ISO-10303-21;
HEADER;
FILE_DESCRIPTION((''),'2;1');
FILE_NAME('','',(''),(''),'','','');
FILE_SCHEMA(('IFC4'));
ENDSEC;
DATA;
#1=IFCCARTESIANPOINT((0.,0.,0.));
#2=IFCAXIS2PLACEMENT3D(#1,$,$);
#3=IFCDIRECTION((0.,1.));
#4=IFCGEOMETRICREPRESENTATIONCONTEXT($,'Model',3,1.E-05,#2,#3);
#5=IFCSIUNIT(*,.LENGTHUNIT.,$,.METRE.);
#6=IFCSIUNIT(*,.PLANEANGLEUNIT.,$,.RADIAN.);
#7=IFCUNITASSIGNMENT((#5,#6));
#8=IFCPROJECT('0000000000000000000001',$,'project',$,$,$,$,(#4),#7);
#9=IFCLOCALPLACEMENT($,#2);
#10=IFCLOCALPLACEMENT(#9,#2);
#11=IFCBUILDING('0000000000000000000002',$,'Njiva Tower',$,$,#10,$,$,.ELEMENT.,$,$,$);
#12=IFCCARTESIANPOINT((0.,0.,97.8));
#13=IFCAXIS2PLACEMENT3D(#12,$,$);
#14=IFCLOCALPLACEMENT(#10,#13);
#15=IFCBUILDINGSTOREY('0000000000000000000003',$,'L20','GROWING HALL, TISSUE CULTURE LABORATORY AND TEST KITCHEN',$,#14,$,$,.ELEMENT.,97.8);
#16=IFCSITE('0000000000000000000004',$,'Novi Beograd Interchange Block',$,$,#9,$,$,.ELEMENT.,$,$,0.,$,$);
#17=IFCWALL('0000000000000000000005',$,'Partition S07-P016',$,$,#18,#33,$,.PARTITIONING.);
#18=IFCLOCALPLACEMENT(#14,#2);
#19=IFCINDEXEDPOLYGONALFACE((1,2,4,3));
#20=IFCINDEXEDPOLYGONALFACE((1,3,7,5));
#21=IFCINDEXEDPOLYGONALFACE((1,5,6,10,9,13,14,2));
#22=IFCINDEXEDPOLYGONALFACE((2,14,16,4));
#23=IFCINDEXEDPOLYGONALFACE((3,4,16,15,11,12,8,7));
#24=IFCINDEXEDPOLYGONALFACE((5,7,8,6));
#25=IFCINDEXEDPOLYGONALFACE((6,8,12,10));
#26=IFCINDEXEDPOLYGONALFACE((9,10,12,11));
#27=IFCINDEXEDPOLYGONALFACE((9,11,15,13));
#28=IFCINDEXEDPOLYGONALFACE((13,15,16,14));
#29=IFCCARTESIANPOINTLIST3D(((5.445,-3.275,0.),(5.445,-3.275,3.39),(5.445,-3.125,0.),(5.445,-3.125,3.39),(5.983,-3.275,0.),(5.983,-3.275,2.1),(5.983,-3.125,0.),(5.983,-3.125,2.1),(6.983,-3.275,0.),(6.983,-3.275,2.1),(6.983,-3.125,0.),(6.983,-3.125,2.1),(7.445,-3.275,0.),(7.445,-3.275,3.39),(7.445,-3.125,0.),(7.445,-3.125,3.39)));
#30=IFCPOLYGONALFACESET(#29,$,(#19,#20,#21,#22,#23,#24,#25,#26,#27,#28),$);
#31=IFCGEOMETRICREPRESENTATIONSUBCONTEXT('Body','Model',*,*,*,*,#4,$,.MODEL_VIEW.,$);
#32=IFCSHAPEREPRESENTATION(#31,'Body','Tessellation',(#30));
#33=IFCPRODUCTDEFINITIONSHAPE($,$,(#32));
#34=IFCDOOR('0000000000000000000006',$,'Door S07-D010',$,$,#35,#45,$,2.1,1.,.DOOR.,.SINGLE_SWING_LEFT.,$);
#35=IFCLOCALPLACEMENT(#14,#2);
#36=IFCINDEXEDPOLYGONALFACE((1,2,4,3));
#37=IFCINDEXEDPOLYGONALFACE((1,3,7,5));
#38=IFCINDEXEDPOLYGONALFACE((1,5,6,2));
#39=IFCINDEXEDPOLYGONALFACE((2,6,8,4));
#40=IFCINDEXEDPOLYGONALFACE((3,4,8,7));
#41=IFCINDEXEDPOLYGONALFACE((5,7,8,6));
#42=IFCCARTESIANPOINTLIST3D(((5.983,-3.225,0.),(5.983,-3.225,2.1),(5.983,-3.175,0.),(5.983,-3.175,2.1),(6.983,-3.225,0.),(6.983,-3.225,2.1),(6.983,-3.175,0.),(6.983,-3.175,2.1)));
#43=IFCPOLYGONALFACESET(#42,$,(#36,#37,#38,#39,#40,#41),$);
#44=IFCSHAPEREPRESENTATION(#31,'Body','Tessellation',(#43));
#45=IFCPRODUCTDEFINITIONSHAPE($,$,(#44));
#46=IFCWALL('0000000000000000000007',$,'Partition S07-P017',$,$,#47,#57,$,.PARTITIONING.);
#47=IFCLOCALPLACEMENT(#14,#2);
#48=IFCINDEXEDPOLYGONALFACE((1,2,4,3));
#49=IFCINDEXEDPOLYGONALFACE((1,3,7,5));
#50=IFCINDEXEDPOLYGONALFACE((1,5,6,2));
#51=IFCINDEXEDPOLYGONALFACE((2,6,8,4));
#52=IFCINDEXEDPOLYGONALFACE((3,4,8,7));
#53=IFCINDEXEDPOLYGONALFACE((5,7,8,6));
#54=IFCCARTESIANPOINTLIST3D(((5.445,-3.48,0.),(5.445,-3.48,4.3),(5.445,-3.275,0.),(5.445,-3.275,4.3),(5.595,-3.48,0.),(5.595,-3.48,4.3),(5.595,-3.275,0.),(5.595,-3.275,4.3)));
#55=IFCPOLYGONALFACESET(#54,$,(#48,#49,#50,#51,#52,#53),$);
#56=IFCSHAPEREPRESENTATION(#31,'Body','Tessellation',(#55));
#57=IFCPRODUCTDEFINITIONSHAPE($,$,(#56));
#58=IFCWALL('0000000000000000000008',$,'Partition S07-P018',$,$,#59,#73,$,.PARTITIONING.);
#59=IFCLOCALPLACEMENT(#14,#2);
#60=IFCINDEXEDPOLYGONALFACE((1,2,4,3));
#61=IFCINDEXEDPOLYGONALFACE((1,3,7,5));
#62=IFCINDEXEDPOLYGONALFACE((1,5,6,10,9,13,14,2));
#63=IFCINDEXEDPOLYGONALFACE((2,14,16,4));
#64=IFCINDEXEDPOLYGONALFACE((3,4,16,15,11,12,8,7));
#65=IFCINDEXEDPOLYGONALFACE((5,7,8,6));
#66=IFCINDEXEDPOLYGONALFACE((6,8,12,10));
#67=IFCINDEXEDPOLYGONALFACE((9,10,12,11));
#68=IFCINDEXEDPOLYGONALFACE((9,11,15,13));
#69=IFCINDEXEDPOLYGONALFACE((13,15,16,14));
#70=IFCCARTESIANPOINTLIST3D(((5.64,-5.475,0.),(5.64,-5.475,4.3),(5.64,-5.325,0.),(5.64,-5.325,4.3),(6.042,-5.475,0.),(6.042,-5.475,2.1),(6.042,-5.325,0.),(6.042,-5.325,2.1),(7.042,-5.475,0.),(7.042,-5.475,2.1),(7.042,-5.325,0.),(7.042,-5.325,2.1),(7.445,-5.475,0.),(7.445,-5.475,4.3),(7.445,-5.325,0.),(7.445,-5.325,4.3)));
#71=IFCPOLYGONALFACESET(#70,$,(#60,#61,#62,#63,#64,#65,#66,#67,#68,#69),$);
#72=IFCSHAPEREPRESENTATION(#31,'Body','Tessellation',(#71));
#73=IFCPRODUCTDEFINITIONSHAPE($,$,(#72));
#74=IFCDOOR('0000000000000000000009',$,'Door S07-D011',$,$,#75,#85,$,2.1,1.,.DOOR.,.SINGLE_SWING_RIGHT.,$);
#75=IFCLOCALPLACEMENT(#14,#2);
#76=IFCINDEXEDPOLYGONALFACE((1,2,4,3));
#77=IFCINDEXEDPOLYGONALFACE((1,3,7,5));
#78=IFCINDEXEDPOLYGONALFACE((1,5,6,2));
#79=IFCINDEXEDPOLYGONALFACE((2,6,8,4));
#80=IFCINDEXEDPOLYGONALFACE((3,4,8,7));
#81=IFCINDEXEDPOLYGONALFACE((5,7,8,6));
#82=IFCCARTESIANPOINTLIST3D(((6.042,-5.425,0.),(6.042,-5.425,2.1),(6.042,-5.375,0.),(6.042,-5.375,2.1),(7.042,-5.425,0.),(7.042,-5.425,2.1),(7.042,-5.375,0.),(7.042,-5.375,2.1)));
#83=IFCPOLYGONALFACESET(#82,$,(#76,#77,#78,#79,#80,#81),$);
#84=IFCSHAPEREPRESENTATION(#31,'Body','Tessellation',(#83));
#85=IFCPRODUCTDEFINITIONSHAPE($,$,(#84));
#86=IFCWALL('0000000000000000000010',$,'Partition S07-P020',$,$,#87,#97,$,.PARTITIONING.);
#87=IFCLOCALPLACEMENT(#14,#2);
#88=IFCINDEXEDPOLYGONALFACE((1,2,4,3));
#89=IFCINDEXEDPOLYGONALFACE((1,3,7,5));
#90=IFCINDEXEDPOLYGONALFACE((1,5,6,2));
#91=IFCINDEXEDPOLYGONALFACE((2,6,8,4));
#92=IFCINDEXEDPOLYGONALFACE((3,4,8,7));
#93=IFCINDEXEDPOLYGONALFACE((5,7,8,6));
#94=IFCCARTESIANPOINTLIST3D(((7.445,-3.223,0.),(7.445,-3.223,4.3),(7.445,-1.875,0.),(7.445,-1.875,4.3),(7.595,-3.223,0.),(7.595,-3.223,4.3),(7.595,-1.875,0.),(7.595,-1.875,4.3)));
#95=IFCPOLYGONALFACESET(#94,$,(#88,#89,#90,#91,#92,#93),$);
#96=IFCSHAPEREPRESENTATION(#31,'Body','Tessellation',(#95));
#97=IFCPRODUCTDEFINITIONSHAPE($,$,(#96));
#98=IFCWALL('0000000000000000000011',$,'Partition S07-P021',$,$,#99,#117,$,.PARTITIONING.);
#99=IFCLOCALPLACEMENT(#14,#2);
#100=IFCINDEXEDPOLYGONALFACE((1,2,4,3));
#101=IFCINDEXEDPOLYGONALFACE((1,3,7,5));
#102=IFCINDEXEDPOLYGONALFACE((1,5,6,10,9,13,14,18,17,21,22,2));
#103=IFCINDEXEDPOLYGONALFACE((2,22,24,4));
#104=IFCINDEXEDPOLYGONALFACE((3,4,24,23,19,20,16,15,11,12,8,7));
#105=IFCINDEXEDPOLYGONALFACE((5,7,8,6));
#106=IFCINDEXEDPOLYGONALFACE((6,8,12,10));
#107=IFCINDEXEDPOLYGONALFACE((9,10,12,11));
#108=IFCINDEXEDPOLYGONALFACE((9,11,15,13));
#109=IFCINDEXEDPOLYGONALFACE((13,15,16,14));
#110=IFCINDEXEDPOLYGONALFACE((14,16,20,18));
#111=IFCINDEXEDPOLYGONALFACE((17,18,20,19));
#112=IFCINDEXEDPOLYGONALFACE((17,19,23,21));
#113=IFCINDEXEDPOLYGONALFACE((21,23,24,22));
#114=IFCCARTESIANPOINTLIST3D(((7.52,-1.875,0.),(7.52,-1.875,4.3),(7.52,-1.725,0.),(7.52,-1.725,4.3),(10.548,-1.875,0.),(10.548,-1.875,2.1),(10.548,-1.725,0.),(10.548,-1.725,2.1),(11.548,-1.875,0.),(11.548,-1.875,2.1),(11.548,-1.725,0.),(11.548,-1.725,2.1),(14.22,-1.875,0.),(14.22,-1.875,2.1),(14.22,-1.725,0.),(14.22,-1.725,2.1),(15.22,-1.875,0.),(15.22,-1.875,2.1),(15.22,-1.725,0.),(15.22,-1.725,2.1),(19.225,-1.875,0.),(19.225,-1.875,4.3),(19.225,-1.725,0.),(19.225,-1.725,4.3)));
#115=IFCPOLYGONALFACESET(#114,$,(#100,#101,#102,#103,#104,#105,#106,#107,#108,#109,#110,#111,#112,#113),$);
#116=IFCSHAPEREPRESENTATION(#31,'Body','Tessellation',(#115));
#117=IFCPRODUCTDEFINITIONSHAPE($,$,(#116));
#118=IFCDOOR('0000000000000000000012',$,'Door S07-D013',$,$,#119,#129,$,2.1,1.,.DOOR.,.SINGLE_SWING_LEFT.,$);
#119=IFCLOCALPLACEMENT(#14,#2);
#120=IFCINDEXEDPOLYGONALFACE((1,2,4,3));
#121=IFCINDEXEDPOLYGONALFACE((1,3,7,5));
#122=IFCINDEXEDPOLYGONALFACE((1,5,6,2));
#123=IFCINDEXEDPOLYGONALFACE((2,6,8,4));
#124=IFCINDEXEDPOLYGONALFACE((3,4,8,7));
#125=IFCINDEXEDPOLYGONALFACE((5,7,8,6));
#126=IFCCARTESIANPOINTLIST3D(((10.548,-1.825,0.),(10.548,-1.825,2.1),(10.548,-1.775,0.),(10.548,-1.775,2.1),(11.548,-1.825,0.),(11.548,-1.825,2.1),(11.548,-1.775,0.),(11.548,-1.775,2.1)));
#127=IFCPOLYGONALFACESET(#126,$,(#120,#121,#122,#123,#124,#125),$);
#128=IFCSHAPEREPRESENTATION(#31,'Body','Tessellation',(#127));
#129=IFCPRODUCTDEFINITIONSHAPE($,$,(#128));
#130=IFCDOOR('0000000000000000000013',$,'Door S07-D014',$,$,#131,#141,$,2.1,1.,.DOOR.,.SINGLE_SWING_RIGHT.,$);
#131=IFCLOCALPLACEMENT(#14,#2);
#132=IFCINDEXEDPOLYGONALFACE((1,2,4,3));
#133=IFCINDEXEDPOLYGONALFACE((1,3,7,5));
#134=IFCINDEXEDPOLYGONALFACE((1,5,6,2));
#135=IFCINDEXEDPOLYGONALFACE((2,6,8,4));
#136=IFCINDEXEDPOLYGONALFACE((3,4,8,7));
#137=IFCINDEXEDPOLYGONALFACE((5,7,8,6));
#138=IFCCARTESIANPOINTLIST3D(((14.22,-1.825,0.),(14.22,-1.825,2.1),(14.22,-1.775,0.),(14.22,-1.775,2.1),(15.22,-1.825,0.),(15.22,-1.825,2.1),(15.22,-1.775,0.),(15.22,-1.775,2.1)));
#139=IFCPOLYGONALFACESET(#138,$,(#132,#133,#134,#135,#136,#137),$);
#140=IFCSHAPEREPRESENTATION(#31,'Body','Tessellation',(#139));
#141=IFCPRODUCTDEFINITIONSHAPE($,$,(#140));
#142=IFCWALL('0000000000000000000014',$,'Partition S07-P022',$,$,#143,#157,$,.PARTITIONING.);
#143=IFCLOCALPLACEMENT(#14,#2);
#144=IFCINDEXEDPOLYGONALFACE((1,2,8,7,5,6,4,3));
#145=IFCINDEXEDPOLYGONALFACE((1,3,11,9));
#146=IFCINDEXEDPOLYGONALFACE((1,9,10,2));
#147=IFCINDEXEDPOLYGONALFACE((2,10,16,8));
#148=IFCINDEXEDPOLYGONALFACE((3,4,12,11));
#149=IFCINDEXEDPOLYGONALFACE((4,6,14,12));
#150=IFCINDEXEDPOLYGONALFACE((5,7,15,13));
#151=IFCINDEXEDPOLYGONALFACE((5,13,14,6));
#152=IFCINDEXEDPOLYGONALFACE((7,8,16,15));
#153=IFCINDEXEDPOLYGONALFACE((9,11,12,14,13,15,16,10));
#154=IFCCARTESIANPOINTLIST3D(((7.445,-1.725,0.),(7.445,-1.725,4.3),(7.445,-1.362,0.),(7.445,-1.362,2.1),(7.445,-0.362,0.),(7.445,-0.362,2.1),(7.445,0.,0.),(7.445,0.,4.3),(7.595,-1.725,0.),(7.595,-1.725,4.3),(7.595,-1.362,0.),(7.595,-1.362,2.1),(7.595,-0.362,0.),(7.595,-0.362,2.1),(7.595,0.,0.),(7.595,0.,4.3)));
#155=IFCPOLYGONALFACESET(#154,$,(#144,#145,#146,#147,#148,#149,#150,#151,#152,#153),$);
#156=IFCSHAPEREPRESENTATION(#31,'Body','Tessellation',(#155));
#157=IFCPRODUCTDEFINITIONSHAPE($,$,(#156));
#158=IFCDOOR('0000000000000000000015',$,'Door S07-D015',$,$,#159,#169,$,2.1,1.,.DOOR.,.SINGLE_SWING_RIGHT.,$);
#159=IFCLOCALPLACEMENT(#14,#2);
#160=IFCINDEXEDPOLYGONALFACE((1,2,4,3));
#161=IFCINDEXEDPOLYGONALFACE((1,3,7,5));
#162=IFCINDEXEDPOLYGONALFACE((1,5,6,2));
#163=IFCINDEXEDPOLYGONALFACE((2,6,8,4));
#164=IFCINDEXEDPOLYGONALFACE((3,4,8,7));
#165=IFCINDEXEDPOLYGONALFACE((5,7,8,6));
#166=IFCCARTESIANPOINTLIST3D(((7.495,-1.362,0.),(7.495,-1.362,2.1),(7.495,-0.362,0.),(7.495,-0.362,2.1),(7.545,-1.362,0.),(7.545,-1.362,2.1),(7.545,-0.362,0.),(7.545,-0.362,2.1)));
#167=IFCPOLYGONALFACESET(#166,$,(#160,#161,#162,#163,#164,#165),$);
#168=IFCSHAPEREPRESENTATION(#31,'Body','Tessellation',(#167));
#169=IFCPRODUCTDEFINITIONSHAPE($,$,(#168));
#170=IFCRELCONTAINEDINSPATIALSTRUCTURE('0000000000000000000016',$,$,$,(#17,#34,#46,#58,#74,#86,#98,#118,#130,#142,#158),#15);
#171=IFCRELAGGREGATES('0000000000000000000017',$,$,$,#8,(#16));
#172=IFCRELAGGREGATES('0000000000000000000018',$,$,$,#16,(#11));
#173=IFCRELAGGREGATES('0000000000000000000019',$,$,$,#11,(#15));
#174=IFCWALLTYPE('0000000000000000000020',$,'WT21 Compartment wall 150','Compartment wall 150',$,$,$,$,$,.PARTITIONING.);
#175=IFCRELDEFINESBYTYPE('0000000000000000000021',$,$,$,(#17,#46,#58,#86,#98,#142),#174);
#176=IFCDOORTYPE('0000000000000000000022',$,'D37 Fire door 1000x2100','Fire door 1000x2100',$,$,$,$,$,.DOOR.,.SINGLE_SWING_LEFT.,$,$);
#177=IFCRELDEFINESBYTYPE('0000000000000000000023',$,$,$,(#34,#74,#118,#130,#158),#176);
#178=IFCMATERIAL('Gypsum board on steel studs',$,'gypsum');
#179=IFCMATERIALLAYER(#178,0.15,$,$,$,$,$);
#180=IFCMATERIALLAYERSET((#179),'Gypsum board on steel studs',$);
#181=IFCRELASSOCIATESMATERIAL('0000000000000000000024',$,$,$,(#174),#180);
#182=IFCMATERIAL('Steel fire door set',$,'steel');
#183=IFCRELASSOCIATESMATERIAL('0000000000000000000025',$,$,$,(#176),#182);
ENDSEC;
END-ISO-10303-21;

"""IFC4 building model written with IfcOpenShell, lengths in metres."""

from ifc_helpers import new_model, si_unit, direction, frame, frame_2d, origin, place, context, subcontext, project, spatial, rectangle, extrude, material, layer, layer_set, type_object, element, fill, save


model = new_model("IFC4")

# Units and contexts
model_context = context("Model", 3, precision=1e-05, world=origin(), true_north=direction((0.0, 1.0)))
body_context = subcontext(model_context, "Body", "Model", "MODEL_VIEW")
ifc_project = project(units=[si_unit("LENGTHUNIT", "METRE"), si_unit("PLANEANGLEUNIT", "RADIAN")], contexts=[model_context])

# Site, building, storey
site_placement = place(None, origin())
site = spatial("IfcSite", under=ifc_project, at=site_placement, Name="Novi Beograd Interchange Block", CompositionType="ELEMENT", RefElevation=0.0)
building_placement = place(site_placement, origin())
building = spatial("IfcBuilding", under=site, at=building_placement, Name="Njiva Tower", CompositionType="ELEMENT")
storey_placement = place(building_placement, frame((0.0, 0.0, 97.8)))
storey = spatial("IfcBuildingStorey", under=building, at=storey_placement, Name="L20", Description="GROWING HALL, TISSUE CULTURE LABORATORY AND TEST KITCHEN", CompositionType="ELEMENT", Elevation=97.8)

# Shared definitions
ifc_material_1 = material(Name="Gypsum board on steel studs", Category="gypsum")
ifc_layer_1 = layer(ifc_material_1, 0.15)
ifc_layer_set_1 = layer_set([ifc_layer_1], Name="Gypsum board on steel studs")
wall_type_1 = type_object("IfcWallType", Name="WT21 Compartment wall 150", Description="Compartment wall 150", PredefinedType="PARTITIONING", material=ifc_layer_set_1)

# Wall, opening, door
wall_1_placement = place(storey_placement, frame((5.445, -3.2, 0.0), z_axis=(0.0, 0.0, 1.0), x_axis=(1.0, 0.0, 0.0)))
wall_1 = element("IfcWall", 1, at=wall_1_placement, inside=storey, type_object=wall_type_1, Name="Partition S07-P016", PredefinedType="PARTITIONING", context=body_context, shape_type="SweptSolid", body=[
    extrude(rectangle(XDim=2.0, YDim=0.15, at=frame_2d((1.0, 0.0))), origin(), (0.0, 0.0, 1.0), 3.39),
])
opening_1_placement = place(wall_1_placement, frame((0.538, 0.0, 0.0)))
opening_1 = element("IfcOpeningElement", 2, at=opening_1_placement, cuts=wall_1, PredefinedType="OPENING", context=body_context, shape_type="SweptSolid", body=[
    extrude(rectangle(XDim=1.0, YDim=2.1, at=frame_2d((0.5, 1.05))), frame((0.0, 0.085, 0.0), z_axis=(0.0, -1.0, 0.0), x_axis=(1.0, 0.0, 0.0)), (0.0, 0.0, 1.0), 0.17),
])
ifc_material_2 = material(Name="Steel fire door set", Category="steel")
door_type = type_object("IfcDoorType", Name="D37 Fire door 1000x2100", Description="Fire door 1000x2100", OperationType="SINGLE_SWING_LEFT", PredefinedType="DOOR", material=ifc_material_2)
door_1_placement = place(opening_1_placement, origin())
door_1 = element("IfcDoor", 3, at=door_1_placement, inside=storey, type_object=door_type, Name="Door S07-D010", OperationType="SINGLE_SWING_LEFT", OverallHeight=2.1, OverallWidth=1.0, PredefinedType="DOOR", context=body_context, shape_type="SweptSolid", body=[
    extrude(rectangle(XDim=1.0, YDim=2.1, at=frame_2d((0.5, 1.05))), frame((0.0, 0.025, 0.0), z_axis=(0.0, -1.0, 0.0), x_axis=(1.0, 0.0, 0.0)), (0.0, 0.0, 1.0), 0.05),
])
fill(opening_1, door_1)

# Wall
wall_2_placement = place(storey_placement, frame((5.52, -3.48, 0.0), z_axis=(0.0, 0.0, 1.0), x_axis=(0.0, 1.0, 0.0)))
element("IfcWall", 4, at=wall_2_placement, inside=storey, type_object=wall_type_1, Name="Partition S07-P017", PredefinedType="PARTITIONING", context=body_context, shape_type="SweptSolid", body=[
    extrude(rectangle(XDim=0.205, YDim=0.15, at=frame_2d((0.1025, 0.0))), origin(), (0.0, 0.0, 1.0), 4.3),
])

# Wall, opening, door
wall_3_placement = place(storey_placement, frame((5.64, -5.4, 0.0), z_axis=(0.0, 0.0, 1.0), x_axis=(1.0, 0.0, 0.0)))
wall_3 = element("IfcWall", 5, at=wall_3_placement, inside=storey, type_object=wall_type_1, Name="Partition S07-P018", PredefinedType="PARTITIONING", context=body_context, shape_type="SweptSolid", body=[
    extrude(rectangle(XDim=1.805, YDim=0.15, at=frame_2d((0.9025, 0.0))), origin(), (0.0, 0.0, 1.0), 4.3),
])
opening_2_placement = place(wall_3_placement, frame((0.402, 0.0, 0.0)))
opening_2 = element("IfcOpeningElement", 6, at=opening_2_placement, cuts=wall_3, PredefinedType="OPENING", context=body_context, shape_type="SweptSolid", body=[
    extrude(rectangle(XDim=1.0, YDim=2.1, at=frame_2d((0.5, 1.05))), frame((0.0, 0.085, 0.0), z_axis=(0.0, -1.0, 0.0), x_axis=(1.0, 0.0, 0.0)), (0.0, 0.0, 1.0), 0.17),
])
door_2_placement = place(opening_2_placement, origin())
door_2 = element("IfcDoor", 7, at=door_2_placement, inside=storey, type_object=door_type, Name="Door S07-D011", OperationType="SINGLE_SWING_RIGHT", OverallHeight=2.1, OverallWidth=1.0, PredefinedType="DOOR", context=body_context, shape_type="SweptSolid", body=[
    extrude(rectangle(XDim=1.0, YDim=2.1, at=frame_2d((0.5, 1.05))), frame((0.0, 0.025, 0.0), z_axis=(0.0, -1.0, 0.0), x_axis=(1.0, 0.0, 0.0)), (0.0, 0.0, 1.0), 0.05),
])
fill(opening_2, door_2)

# Wall
wall_4_placement = place(storey_placement, frame((7.52, -3.223, 0.0), z_axis=(0.0, 0.0, 1.0), x_axis=(0.0, 1.0, 0.0)))
element("IfcWall", 8, at=wall_4_placement, inside=storey, type_object=wall_type_1, Name="Partition S07-P020", PredefinedType="PARTITIONING", context=body_context, shape_type="SweptSolid", body=[
    extrude(rectangle(XDim=1.348, YDim=0.15, at=frame_2d((0.674, 0.0))), origin(), (0.0, 0.0, 1.0), 4.3),
])

# Wall, openings, doors
wall_5_placement = place(storey_placement, frame((7.52, -1.8, 0.0), z_axis=(0.0, 0.0, 1.0), x_axis=(1.0, 0.0, 0.0)))
wall_5 = element("IfcWall", 9, at=wall_5_placement, inside=storey, type_object=wall_type_1, Name="Partition S07-P021", PredefinedType="PARTITIONING", context=body_context, shape_type="SweptSolid", body=[
    extrude(rectangle(XDim=11.705, YDim=0.15, at=frame_2d((5.8525, 0.0))), origin(), (0.0, 0.0, 1.0), 4.3),
])
opening_3_placement = place(wall_5_placement, frame((3.028, 0.0, 0.0)))
opening_3 = element("IfcOpeningElement", 10, at=opening_3_placement, cuts=wall_5, PredefinedType="OPENING", context=body_context, shape_type="SweptSolid", body=[
    extrude(rectangle(XDim=1.0, YDim=2.1, at=frame_2d((0.5, 1.05))), frame((0.0, 0.085, 0.0), z_axis=(0.0, -1.0, 0.0), x_axis=(1.0, 0.0, 0.0)), (0.0, 0.0, 1.0), 0.17),
])
opening_4_placement = place(wall_5_placement, frame((6.7, 0.0, 0.0)))
opening_4 = element("IfcOpeningElement", 11, at=opening_4_placement, cuts=wall_5, PredefinedType="OPENING", context=body_context, shape_type="SweptSolid", body=[
    extrude(rectangle(XDim=1.0, YDim=2.1, at=frame_2d((0.5, 1.05))), frame((0.0, 0.085, 0.0), z_axis=(0.0, -1.0, 0.0), x_axis=(1.0, 0.0, 0.0)), (0.0, 0.0, 1.0), 0.17),
])
door_3_placement = place(opening_3_placement, origin())
door_3 = element("IfcDoor", 12, at=door_3_placement, inside=storey, type_object=door_type, Name="Door S07-D013", OperationType="SINGLE_SWING_LEFT", OverallHeight=2.1, OverallWidth=1.0, PredefinedType="DOOR", context=body_context, shape_type="SweptSolid", body=[
    extrude(rectangle(XDim=1.0, YDim=2.1, at=frame_2d((0.5, 1.05))), frame((0.0, 0.025, 0.0), z_axis=(0.0, -1.0, 0.0), x_axis=(1.0, 0.0, 0.0)), (0.0, 0.0, 1.0), 0.05),
])
fill(opening_3, door_3)
door_4_placement = place(opening_4_placement, origin())
door_4 = element("IfcDoor", 13, at=door_4_placement, inside=storey, type_object=door_type, Name="Door S07-D014", OperationType="SINGLE_SWING_RIGHT", OverallHeight=2.1, OverallWidth=1.0, PredefinedType="DOOR", context=body_context, shape_type="SweptSolid", body=[
    extrude(rectangle(XDim=1.0, YDim=2.1, at=frame_2d((0.5, 1.05))), frame((0.0, 0.025, 0.0), z_axis=(0.0, -1.0, 0.0), x_axis=(1.0, 0.0, 0.0)), (0.0, 0.0, 1.0), 0.05),
])
fill(opening_4, door_4)

# Wall, opening, door
wall_6_placement = place(storey_placement, frame((7.52, -1.725, 0.0), z_axis=(0.0, 0.0, 1.0), x_axis=(0.0, 1.0, 0.0)))
wall_6 = element("IfcWall", 14, at=wall_6_placement, inside=storey, type_object=wall_type_1, Name="Partition S07-P022", PredefinedType="PARTITIONING", context=body_context, shape_type="SweptSolid", body=[
    extrude(rectangle(XDim=1.725, YDim=0.15, at=frame_2d((0.8625, 0.0))), origin(), (0.0, 0.0, 1.0), 4.3),
])
opening_5_placement = place(wall_6_placement, frame((0.363, 0.0, 0.0)))
opening_5 = element("IfcOpeningElement", 15, at=opening_5_placement, cuts=wall_6, PredefinedType="OPENING", context=body_context, shape_type="SweptSolid", body=[
    extrude(rectangle(XDim=1.0, YDim=2.1, at=frame_2d((0.5, 1.05))), frame((0.0, 0.085, 0.0), z_axis=(0.0, -1.0, 0.0), x_axis=(1.0, 0.0, 0.0)), (0.0, 0.0, 1.0), 0.17),
])
door_5_placement = place(opening_5_placement, origin())
door_5 = element("IfcDoor", 16, at=door_5_placement, inside=storey, type_object=door_type, Name="Door S07-D015", OperationType="SINGLE_SWING_RIGHT", OverallHeight=2.1, OverallWidth=1.0, PredefinedType="DOOR", context=body_context, shape_type="SweptSolid", body=[
    extrude(rectangle(XDim=1.0, YDim=2.1, at=frame_2d((0.5, 1.05))), frame((0.0, 0.025, 0.0), z_axis=(0.0, -1.0, 0.0), x_axis=(1.0, 0.0, 0.0)), (0.0, 0.0, 1.0), 0.05),
])
fill(opening_5, door_5)

save(model, "model.ifc")
